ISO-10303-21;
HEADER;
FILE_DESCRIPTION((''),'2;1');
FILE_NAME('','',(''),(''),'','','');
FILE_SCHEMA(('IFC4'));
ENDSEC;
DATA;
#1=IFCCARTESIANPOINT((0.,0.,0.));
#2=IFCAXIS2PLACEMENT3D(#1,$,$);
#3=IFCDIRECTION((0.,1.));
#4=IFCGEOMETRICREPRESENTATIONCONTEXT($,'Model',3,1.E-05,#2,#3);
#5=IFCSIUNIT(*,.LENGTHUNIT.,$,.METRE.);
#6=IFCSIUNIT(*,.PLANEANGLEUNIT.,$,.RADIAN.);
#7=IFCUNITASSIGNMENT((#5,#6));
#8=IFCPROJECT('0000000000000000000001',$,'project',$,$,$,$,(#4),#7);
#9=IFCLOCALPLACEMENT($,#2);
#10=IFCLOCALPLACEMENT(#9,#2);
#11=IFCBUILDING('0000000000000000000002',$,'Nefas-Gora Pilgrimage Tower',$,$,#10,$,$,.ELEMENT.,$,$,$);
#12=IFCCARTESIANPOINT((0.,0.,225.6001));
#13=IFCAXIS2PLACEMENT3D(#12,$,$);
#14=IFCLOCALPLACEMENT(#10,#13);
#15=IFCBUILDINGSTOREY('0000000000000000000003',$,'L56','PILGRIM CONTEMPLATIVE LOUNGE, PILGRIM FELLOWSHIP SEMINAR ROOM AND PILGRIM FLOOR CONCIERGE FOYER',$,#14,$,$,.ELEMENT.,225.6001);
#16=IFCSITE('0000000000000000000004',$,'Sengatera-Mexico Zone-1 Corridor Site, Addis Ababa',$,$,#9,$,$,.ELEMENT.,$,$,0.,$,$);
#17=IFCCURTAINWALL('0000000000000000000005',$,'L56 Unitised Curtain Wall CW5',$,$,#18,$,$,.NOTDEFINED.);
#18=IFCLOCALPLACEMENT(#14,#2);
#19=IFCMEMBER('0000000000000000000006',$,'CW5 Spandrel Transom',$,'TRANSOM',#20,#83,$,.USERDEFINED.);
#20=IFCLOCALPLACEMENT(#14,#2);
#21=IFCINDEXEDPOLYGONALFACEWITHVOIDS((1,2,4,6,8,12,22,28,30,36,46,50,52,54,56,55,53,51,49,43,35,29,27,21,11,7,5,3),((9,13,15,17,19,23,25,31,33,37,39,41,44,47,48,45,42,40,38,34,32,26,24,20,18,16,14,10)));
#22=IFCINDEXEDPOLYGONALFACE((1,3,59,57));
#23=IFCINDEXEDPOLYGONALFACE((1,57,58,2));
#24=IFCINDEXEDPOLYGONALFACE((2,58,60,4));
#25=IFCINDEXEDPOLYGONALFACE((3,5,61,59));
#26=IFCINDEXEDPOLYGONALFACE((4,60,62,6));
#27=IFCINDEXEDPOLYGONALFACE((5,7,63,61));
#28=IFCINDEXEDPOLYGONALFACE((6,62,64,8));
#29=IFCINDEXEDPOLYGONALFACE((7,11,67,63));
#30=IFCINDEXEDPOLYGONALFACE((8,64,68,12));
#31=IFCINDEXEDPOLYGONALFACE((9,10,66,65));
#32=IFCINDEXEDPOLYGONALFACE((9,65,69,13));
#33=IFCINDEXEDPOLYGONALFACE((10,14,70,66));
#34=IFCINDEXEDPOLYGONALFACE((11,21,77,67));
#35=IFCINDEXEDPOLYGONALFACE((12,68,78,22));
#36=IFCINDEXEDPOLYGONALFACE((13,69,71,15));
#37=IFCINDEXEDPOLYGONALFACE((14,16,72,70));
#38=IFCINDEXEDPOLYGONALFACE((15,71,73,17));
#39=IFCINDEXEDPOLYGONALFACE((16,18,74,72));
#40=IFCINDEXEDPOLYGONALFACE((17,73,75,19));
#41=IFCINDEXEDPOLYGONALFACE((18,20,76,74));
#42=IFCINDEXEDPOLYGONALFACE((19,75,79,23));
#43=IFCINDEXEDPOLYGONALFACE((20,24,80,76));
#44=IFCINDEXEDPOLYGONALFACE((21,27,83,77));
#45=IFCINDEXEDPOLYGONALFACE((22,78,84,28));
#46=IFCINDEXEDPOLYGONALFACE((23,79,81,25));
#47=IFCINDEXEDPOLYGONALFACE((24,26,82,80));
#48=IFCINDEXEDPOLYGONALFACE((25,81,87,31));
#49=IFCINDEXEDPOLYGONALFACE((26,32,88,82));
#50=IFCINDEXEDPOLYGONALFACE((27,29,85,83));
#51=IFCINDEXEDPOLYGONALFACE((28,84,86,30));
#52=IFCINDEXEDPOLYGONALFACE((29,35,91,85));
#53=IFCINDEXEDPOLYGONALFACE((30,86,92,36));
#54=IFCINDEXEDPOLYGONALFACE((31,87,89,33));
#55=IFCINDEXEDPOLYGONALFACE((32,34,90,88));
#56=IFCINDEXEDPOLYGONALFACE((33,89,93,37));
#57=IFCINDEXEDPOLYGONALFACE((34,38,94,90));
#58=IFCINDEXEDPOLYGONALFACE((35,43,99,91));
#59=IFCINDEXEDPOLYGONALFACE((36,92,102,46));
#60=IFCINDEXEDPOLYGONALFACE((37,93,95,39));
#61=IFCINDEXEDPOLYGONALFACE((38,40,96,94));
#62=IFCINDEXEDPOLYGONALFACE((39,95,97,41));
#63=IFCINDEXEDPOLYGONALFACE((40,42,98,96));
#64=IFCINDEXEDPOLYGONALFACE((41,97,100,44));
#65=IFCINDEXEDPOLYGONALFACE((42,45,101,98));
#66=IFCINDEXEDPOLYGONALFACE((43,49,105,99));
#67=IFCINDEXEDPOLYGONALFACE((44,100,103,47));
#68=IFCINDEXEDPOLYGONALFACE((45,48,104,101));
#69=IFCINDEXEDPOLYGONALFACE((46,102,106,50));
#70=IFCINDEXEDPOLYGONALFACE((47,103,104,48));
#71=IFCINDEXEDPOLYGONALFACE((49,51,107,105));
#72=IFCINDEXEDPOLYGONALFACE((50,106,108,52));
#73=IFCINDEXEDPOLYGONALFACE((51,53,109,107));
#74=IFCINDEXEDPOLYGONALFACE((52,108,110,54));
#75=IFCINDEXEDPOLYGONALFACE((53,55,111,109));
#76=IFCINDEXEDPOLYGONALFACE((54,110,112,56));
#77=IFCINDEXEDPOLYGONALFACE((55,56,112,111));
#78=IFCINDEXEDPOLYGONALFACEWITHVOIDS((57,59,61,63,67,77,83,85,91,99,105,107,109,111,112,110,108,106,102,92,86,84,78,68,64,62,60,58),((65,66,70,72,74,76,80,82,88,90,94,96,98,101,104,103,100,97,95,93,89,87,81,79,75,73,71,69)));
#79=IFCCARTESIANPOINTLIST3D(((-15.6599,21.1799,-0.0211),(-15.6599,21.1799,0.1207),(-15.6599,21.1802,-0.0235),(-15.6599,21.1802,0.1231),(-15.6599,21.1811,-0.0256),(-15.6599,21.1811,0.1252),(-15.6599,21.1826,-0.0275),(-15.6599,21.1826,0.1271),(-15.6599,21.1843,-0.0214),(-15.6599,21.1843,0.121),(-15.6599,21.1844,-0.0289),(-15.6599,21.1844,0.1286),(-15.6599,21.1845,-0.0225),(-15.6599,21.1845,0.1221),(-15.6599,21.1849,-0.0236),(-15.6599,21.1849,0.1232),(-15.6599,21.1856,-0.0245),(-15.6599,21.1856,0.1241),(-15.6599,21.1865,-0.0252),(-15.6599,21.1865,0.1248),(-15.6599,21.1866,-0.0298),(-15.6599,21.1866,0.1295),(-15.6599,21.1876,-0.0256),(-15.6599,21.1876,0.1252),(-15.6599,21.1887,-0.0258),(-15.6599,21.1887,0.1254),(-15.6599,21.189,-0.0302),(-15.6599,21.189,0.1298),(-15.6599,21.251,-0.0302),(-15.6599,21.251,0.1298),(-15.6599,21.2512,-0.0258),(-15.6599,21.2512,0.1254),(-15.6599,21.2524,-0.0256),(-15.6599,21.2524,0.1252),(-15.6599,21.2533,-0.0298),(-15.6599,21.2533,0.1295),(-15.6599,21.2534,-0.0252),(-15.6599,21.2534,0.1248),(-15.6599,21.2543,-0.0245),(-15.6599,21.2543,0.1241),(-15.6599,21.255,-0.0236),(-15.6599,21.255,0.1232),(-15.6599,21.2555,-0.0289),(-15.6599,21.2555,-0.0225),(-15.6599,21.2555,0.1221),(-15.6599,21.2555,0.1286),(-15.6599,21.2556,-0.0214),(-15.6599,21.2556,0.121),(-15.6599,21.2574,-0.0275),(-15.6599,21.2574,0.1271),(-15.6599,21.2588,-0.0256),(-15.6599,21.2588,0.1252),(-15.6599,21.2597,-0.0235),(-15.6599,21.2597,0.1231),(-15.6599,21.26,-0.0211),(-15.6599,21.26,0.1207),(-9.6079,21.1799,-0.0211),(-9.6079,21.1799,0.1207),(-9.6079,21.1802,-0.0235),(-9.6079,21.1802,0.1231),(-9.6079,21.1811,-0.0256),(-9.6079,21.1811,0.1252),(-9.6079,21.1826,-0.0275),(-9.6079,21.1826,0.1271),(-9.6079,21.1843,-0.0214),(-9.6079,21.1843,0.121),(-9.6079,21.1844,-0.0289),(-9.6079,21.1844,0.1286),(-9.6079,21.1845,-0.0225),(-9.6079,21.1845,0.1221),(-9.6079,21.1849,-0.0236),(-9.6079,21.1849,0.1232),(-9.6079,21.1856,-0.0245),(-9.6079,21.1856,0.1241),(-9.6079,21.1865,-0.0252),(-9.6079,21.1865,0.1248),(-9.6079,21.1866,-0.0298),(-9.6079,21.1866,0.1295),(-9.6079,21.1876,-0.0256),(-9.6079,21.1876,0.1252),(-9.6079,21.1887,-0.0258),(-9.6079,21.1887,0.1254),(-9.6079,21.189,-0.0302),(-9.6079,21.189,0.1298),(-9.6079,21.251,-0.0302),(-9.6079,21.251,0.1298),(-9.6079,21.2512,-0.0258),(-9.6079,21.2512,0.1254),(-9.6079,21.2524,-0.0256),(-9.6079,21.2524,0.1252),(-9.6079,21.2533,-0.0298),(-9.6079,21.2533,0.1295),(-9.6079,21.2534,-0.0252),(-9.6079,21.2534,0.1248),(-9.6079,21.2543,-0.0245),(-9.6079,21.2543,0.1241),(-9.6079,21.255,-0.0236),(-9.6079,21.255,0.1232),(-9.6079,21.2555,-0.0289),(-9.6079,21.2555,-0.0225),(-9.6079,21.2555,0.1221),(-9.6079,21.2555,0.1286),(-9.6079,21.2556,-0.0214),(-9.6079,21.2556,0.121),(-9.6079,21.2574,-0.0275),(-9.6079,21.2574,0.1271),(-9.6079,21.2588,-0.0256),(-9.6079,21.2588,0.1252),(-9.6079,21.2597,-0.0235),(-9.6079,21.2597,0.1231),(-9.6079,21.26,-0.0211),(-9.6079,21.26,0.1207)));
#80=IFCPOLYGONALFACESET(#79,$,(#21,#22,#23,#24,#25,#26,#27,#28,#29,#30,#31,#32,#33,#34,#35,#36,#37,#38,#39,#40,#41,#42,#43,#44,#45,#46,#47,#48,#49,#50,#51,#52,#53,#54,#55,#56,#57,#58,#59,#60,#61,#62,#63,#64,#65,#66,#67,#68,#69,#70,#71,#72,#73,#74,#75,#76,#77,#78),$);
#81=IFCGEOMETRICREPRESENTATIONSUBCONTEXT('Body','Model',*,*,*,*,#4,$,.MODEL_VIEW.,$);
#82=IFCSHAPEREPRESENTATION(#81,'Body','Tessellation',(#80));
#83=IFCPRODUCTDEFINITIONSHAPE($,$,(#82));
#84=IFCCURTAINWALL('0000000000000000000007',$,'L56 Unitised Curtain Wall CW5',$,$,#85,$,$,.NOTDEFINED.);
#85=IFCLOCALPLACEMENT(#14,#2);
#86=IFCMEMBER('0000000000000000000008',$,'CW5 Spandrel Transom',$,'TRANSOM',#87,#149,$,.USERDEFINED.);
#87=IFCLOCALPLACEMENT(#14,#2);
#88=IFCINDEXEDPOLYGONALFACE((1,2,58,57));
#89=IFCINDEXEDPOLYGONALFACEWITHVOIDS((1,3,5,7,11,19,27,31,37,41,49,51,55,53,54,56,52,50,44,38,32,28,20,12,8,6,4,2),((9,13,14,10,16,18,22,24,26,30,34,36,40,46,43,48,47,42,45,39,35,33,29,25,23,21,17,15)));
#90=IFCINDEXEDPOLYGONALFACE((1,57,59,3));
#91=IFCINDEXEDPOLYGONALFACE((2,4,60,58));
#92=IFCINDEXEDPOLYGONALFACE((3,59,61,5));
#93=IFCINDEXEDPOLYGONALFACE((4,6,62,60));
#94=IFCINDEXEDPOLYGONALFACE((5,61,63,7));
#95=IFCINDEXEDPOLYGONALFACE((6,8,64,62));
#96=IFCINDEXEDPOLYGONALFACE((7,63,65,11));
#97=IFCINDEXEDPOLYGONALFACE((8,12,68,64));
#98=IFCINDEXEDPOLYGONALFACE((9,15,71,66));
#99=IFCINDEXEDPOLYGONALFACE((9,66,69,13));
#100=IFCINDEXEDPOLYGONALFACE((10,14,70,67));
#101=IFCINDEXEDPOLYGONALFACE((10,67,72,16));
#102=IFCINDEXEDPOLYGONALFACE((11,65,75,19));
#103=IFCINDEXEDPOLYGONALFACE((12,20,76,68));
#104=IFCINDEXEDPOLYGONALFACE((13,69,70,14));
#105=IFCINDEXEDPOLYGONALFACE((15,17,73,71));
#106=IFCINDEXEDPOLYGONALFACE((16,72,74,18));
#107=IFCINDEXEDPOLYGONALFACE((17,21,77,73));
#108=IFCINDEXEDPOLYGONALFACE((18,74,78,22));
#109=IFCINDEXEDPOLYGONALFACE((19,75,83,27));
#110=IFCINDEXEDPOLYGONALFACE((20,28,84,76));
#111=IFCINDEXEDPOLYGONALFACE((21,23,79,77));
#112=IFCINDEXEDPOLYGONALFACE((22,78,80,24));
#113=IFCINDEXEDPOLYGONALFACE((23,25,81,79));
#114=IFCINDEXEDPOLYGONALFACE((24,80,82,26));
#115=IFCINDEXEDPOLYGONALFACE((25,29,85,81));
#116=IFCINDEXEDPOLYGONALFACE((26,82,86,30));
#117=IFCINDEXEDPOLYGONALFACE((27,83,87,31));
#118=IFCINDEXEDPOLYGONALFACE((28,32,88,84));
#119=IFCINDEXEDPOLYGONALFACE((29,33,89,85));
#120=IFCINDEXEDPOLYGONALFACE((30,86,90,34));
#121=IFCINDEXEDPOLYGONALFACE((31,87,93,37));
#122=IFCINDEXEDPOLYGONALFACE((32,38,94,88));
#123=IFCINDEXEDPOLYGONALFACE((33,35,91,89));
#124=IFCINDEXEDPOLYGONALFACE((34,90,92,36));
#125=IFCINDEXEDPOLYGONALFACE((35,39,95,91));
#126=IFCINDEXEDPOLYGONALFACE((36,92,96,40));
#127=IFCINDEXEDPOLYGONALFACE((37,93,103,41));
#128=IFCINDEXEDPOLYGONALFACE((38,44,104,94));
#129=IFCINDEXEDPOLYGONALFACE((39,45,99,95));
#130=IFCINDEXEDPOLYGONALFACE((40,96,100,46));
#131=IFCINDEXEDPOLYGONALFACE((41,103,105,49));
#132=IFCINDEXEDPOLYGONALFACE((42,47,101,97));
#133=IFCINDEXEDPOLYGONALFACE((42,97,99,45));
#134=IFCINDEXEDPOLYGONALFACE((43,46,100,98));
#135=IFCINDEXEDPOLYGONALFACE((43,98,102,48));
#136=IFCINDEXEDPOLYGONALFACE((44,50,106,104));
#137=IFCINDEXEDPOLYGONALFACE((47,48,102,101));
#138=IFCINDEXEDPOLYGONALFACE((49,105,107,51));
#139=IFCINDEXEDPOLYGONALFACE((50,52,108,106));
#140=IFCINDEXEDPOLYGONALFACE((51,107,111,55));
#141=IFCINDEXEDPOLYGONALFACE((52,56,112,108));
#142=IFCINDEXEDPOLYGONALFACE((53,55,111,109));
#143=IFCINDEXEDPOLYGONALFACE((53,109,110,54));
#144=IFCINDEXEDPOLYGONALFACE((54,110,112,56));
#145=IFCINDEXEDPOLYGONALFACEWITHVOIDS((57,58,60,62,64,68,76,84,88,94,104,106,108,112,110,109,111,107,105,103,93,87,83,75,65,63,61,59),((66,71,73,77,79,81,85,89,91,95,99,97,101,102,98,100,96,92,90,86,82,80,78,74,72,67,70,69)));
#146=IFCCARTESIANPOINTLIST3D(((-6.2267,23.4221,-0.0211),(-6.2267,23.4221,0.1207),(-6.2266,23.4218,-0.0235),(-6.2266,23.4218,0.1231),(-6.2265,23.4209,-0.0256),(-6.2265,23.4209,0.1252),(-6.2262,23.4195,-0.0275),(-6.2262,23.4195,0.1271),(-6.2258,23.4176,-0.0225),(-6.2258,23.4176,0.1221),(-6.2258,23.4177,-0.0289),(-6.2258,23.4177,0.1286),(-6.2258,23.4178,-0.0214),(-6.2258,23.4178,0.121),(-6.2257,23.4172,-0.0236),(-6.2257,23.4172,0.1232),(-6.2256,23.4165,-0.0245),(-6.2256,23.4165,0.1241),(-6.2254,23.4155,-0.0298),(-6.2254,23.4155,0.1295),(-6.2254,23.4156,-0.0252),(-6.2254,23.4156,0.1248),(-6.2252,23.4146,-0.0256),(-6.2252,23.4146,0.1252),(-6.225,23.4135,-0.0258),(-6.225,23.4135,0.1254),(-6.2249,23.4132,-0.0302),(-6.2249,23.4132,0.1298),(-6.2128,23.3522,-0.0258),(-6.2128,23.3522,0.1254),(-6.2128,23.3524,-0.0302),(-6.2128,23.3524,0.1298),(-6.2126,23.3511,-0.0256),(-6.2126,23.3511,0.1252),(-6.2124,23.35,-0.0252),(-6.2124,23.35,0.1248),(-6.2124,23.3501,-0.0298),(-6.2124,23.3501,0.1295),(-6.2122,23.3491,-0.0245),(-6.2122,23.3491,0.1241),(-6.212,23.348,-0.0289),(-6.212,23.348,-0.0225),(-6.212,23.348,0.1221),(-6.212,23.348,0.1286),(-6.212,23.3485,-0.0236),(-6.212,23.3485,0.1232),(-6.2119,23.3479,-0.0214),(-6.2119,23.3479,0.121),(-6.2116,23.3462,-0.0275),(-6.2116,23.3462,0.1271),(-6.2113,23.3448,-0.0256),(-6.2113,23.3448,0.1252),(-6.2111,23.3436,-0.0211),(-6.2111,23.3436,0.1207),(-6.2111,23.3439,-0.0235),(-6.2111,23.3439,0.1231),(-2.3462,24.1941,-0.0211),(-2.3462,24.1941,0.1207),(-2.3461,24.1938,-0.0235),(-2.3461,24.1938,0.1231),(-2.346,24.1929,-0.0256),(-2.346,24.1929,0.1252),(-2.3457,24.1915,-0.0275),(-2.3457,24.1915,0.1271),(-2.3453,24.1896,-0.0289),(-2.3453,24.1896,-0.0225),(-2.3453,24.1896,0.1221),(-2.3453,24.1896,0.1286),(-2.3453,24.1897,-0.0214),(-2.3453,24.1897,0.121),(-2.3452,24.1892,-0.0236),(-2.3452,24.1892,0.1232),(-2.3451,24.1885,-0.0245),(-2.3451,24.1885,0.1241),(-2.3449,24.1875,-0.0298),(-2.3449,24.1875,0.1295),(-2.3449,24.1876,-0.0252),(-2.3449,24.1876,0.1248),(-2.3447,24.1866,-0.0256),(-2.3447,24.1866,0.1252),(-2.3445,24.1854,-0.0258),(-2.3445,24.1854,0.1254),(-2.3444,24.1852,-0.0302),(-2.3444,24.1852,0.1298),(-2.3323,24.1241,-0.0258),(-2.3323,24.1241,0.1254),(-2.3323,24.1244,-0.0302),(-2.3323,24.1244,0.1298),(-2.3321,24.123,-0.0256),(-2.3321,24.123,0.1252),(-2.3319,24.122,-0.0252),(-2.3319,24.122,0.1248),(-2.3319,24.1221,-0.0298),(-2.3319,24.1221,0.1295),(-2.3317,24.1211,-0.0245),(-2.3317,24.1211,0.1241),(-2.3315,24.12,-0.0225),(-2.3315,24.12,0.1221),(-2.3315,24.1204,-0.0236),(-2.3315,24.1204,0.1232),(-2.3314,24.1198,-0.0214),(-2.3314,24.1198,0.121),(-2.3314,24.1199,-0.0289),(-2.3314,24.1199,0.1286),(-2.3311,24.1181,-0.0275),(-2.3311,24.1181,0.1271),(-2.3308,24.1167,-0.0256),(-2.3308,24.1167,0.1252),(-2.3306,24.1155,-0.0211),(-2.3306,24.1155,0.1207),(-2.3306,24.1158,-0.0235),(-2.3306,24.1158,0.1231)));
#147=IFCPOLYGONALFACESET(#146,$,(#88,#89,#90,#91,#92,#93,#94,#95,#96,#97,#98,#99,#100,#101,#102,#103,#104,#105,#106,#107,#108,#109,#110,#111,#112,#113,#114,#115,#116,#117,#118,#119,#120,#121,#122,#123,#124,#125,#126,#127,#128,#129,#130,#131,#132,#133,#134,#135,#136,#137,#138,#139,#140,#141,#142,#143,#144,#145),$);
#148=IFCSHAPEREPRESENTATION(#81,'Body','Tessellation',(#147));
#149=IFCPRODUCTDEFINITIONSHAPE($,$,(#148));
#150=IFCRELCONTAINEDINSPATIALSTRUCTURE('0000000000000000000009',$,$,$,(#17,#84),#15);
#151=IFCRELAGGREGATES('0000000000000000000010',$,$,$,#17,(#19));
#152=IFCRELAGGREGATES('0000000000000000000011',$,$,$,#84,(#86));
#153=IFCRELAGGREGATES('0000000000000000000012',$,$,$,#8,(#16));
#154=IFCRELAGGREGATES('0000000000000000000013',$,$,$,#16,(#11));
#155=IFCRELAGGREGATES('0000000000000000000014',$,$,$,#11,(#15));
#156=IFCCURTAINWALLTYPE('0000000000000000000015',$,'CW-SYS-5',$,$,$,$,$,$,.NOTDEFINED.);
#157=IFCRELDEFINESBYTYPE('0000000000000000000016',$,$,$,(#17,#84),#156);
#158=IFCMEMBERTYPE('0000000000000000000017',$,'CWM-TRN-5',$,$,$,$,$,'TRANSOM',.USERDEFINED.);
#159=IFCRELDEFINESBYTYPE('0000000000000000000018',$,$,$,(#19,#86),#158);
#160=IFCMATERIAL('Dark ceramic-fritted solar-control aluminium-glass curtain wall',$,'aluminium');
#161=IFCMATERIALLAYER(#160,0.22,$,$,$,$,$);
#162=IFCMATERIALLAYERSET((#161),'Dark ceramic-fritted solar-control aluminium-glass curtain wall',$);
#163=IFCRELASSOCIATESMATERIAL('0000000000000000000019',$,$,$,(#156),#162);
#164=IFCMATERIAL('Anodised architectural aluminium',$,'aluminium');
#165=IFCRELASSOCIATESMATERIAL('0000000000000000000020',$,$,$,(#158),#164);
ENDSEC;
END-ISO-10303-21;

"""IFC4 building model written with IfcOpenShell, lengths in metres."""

from ifc_helpers import new_model, si_unit, direction, frame, origin, origin_2d, place, context, subcontext, project, spatial, hollow_rectangle, extrude, source, transform, mapped, material, layer, layer_set, material_profile, profile_set, type_object, element, aggregate, save


model = new_model("IFC4")

# Units and contexts
model_context = context("Model", 3, precision=1e-05, world=origin(), true_north=direction((0.0, 1.0)))
body_context = subcontext(model_context, "Body", "Model", "MODEL_VIEW")
ifc_project = project(units=[si_unit("LENGTHUNIT", "METRE"), si_unit("PLANEANGLEUNIT", "RADIAN")], contexts=[model_context])

# Site, building, storey
site_placement = place(None, origin())
site = spatial("IfcSite", under=ifc_project, at=site_placement, Name="Sengatera-Mexico Zone-1 Corridor Site, Addis Ababa", CompositionType="ELEMENT", RefElevation=0.0)
building_placement = place(site_placement, origin())
building = spatial("IfcBuilding", under=site, at=building_placement, Name="Nefas-Gora Pilgrimage Tower", CompositionType="ELEMENT")
storey_placement = place(building_placement, frame((0.0, 0.0, 225.6001)))
storey = spatial("IfcBuildingStorey", under=building, at=storey_placement, Name="L56", Description="PILGRIM CONTEMPLATIVE LOUNGE, PILGRIM FELLOWSHIP SEMINAR ROOM AND PILGRIM FLOOR CONCIERGE FOYER", CompositionType="ELEMENT", Elevation=225.6001)

# Curtain wall, member
ifc_material_1 = material(Name="Dark ceramic-fritted solar-control aluminium-glass curtain wall", Category="aluminium")
ifc_layer_1 = layer(ifc_material_1, 0.22)
ifc_layer_set_1 = layer_set([ifc_layer_1], Name="Dark ceramic-fritted solar-control aluminium-glass curtain wall")
curtain_wall_type = type_object("IfcCurtainWallType", Name="CW-SYS-5", PredefinedType="NOTDEFINED", material=ifc_layer_set_1)
curtain_wall_1_placement = place(storey_placement, origin())
curtain_wall_1 = element("IfcCurtainWall", 1, at=curtain_wall_1_placement, inside=storey, type_object=curtain_wall_type, Name="L56 Unitised Curtain Wall CW5", PredefinedType="NOTDEFINED")
ifc_material_2 = material(Name="Anodised architectural aluminium", Category="aluminium")
ifc_material_profile_1 = material_profile(ifc_material_2, hollow_rectangle(XDim=0.0801, YDim=0.1599, WallThickness=0.0044, InnerFilletRadius=0.0044, OuterFilletRadius=0.009, at=origin_2d()), Name="ALU TRANSOM 80x160")
ifc_profile_set_1 = profile_set([ifc_material_profile_1], Name="Anodised architectural aluminium")
member_type_1 = type_object("IfcMemberType", Name="CWM-TRN-5", ElementType="TRANSOM", PredefinedType="USERDEFINED", material=ifc_profile_set_1)
shared_shape_1 = source(origin(), body_context, "Body", "SweptSolid", [
    extrude(hollow_rectangle(XDim=0.0801, YDim=0.1599, WallThickness=0.0044, InnerFilletRadius=0.0044, OuterFilletRadius=0.009, at=origin_2d()), origin(), (0.0, 0.0, 1.0), 6.052),
])
member_1_placement = place(storey_placement, frame((-9.6079, 21.22, 0.0498), z_axis=(-1.0, 0.0, 0.0), x_axis=(0.0, -1.0, 0.0)))
member_1 = element("IfcMember", 2, at=member_1_placement, type_object=member_type_1, Name="CW5 Spandrel Transom", ObjectType="TRANSOM", PredefinedType="USERDEFINED", context=body_context, shape_type="MappedRepresentation", body=[
    mapped(shared_shape_1, transform((0.0, 0.0, 0.0), x_axis=(1.0, 0.0, 0.0), y_axis=(0.0, 1.0, 0.0), z_axis=(0.0, 0.0, 1.0), scale=1.0)),
])

# Curtain wall, member
curtain_wall_2_placement = place(storey_placement, origin())
curtain_wall_2 = element("IfcCurtainWall", 3, at=curtain_wall_2_placement, inside=storey, type_object=curtain_wall_type, Name="L56 Unitised Curtain Wall CW5", PredefinedType="NOTDEFINED")
shared_shape_2 = source(origin(), body_context, "Body", "SweptSolid", [
    extrude(hollow_rectangle(XDim=0.0801, YDim=0.1599, WallThickness=0.0044, InnerFilletRadius=0.0044, OuterFilletRadius=0.009, at=origin_2d()), origin(), (0.0, 0.0, 1.0), 3.9565),
])
member_2_placement = place(storey_placement, frame((-2.3384, 24.1548, 0.0498), z_axis=(-0.980782, -0.195107, 0.0), x_axis=(0.195107, -0.980782, 0.0)))
member_2 = element("IfcMember", 4, at=member_2_placement, type_object=member_type_1, Name="CW5 Spandrel Transom", ObjectType="TRANSOM", PredefinedType="USERDEFINED", context=body_context, shape_type="MappedRepresentation", body=[
    mapped(shared_shape_2, transform((0.0, 0.0, 0.0), x_axis=(1.0, 0.0, 0.0), y_axis=(0.0, 1.0, 0.0), z_axis=(0.0, 0.0, 1.0), scale=1.0)),
])

aggregate(curtain_wall_1, [member_1])

aggregate(curtain_wall_2, [member_2])

save(model, "model.ifc")
